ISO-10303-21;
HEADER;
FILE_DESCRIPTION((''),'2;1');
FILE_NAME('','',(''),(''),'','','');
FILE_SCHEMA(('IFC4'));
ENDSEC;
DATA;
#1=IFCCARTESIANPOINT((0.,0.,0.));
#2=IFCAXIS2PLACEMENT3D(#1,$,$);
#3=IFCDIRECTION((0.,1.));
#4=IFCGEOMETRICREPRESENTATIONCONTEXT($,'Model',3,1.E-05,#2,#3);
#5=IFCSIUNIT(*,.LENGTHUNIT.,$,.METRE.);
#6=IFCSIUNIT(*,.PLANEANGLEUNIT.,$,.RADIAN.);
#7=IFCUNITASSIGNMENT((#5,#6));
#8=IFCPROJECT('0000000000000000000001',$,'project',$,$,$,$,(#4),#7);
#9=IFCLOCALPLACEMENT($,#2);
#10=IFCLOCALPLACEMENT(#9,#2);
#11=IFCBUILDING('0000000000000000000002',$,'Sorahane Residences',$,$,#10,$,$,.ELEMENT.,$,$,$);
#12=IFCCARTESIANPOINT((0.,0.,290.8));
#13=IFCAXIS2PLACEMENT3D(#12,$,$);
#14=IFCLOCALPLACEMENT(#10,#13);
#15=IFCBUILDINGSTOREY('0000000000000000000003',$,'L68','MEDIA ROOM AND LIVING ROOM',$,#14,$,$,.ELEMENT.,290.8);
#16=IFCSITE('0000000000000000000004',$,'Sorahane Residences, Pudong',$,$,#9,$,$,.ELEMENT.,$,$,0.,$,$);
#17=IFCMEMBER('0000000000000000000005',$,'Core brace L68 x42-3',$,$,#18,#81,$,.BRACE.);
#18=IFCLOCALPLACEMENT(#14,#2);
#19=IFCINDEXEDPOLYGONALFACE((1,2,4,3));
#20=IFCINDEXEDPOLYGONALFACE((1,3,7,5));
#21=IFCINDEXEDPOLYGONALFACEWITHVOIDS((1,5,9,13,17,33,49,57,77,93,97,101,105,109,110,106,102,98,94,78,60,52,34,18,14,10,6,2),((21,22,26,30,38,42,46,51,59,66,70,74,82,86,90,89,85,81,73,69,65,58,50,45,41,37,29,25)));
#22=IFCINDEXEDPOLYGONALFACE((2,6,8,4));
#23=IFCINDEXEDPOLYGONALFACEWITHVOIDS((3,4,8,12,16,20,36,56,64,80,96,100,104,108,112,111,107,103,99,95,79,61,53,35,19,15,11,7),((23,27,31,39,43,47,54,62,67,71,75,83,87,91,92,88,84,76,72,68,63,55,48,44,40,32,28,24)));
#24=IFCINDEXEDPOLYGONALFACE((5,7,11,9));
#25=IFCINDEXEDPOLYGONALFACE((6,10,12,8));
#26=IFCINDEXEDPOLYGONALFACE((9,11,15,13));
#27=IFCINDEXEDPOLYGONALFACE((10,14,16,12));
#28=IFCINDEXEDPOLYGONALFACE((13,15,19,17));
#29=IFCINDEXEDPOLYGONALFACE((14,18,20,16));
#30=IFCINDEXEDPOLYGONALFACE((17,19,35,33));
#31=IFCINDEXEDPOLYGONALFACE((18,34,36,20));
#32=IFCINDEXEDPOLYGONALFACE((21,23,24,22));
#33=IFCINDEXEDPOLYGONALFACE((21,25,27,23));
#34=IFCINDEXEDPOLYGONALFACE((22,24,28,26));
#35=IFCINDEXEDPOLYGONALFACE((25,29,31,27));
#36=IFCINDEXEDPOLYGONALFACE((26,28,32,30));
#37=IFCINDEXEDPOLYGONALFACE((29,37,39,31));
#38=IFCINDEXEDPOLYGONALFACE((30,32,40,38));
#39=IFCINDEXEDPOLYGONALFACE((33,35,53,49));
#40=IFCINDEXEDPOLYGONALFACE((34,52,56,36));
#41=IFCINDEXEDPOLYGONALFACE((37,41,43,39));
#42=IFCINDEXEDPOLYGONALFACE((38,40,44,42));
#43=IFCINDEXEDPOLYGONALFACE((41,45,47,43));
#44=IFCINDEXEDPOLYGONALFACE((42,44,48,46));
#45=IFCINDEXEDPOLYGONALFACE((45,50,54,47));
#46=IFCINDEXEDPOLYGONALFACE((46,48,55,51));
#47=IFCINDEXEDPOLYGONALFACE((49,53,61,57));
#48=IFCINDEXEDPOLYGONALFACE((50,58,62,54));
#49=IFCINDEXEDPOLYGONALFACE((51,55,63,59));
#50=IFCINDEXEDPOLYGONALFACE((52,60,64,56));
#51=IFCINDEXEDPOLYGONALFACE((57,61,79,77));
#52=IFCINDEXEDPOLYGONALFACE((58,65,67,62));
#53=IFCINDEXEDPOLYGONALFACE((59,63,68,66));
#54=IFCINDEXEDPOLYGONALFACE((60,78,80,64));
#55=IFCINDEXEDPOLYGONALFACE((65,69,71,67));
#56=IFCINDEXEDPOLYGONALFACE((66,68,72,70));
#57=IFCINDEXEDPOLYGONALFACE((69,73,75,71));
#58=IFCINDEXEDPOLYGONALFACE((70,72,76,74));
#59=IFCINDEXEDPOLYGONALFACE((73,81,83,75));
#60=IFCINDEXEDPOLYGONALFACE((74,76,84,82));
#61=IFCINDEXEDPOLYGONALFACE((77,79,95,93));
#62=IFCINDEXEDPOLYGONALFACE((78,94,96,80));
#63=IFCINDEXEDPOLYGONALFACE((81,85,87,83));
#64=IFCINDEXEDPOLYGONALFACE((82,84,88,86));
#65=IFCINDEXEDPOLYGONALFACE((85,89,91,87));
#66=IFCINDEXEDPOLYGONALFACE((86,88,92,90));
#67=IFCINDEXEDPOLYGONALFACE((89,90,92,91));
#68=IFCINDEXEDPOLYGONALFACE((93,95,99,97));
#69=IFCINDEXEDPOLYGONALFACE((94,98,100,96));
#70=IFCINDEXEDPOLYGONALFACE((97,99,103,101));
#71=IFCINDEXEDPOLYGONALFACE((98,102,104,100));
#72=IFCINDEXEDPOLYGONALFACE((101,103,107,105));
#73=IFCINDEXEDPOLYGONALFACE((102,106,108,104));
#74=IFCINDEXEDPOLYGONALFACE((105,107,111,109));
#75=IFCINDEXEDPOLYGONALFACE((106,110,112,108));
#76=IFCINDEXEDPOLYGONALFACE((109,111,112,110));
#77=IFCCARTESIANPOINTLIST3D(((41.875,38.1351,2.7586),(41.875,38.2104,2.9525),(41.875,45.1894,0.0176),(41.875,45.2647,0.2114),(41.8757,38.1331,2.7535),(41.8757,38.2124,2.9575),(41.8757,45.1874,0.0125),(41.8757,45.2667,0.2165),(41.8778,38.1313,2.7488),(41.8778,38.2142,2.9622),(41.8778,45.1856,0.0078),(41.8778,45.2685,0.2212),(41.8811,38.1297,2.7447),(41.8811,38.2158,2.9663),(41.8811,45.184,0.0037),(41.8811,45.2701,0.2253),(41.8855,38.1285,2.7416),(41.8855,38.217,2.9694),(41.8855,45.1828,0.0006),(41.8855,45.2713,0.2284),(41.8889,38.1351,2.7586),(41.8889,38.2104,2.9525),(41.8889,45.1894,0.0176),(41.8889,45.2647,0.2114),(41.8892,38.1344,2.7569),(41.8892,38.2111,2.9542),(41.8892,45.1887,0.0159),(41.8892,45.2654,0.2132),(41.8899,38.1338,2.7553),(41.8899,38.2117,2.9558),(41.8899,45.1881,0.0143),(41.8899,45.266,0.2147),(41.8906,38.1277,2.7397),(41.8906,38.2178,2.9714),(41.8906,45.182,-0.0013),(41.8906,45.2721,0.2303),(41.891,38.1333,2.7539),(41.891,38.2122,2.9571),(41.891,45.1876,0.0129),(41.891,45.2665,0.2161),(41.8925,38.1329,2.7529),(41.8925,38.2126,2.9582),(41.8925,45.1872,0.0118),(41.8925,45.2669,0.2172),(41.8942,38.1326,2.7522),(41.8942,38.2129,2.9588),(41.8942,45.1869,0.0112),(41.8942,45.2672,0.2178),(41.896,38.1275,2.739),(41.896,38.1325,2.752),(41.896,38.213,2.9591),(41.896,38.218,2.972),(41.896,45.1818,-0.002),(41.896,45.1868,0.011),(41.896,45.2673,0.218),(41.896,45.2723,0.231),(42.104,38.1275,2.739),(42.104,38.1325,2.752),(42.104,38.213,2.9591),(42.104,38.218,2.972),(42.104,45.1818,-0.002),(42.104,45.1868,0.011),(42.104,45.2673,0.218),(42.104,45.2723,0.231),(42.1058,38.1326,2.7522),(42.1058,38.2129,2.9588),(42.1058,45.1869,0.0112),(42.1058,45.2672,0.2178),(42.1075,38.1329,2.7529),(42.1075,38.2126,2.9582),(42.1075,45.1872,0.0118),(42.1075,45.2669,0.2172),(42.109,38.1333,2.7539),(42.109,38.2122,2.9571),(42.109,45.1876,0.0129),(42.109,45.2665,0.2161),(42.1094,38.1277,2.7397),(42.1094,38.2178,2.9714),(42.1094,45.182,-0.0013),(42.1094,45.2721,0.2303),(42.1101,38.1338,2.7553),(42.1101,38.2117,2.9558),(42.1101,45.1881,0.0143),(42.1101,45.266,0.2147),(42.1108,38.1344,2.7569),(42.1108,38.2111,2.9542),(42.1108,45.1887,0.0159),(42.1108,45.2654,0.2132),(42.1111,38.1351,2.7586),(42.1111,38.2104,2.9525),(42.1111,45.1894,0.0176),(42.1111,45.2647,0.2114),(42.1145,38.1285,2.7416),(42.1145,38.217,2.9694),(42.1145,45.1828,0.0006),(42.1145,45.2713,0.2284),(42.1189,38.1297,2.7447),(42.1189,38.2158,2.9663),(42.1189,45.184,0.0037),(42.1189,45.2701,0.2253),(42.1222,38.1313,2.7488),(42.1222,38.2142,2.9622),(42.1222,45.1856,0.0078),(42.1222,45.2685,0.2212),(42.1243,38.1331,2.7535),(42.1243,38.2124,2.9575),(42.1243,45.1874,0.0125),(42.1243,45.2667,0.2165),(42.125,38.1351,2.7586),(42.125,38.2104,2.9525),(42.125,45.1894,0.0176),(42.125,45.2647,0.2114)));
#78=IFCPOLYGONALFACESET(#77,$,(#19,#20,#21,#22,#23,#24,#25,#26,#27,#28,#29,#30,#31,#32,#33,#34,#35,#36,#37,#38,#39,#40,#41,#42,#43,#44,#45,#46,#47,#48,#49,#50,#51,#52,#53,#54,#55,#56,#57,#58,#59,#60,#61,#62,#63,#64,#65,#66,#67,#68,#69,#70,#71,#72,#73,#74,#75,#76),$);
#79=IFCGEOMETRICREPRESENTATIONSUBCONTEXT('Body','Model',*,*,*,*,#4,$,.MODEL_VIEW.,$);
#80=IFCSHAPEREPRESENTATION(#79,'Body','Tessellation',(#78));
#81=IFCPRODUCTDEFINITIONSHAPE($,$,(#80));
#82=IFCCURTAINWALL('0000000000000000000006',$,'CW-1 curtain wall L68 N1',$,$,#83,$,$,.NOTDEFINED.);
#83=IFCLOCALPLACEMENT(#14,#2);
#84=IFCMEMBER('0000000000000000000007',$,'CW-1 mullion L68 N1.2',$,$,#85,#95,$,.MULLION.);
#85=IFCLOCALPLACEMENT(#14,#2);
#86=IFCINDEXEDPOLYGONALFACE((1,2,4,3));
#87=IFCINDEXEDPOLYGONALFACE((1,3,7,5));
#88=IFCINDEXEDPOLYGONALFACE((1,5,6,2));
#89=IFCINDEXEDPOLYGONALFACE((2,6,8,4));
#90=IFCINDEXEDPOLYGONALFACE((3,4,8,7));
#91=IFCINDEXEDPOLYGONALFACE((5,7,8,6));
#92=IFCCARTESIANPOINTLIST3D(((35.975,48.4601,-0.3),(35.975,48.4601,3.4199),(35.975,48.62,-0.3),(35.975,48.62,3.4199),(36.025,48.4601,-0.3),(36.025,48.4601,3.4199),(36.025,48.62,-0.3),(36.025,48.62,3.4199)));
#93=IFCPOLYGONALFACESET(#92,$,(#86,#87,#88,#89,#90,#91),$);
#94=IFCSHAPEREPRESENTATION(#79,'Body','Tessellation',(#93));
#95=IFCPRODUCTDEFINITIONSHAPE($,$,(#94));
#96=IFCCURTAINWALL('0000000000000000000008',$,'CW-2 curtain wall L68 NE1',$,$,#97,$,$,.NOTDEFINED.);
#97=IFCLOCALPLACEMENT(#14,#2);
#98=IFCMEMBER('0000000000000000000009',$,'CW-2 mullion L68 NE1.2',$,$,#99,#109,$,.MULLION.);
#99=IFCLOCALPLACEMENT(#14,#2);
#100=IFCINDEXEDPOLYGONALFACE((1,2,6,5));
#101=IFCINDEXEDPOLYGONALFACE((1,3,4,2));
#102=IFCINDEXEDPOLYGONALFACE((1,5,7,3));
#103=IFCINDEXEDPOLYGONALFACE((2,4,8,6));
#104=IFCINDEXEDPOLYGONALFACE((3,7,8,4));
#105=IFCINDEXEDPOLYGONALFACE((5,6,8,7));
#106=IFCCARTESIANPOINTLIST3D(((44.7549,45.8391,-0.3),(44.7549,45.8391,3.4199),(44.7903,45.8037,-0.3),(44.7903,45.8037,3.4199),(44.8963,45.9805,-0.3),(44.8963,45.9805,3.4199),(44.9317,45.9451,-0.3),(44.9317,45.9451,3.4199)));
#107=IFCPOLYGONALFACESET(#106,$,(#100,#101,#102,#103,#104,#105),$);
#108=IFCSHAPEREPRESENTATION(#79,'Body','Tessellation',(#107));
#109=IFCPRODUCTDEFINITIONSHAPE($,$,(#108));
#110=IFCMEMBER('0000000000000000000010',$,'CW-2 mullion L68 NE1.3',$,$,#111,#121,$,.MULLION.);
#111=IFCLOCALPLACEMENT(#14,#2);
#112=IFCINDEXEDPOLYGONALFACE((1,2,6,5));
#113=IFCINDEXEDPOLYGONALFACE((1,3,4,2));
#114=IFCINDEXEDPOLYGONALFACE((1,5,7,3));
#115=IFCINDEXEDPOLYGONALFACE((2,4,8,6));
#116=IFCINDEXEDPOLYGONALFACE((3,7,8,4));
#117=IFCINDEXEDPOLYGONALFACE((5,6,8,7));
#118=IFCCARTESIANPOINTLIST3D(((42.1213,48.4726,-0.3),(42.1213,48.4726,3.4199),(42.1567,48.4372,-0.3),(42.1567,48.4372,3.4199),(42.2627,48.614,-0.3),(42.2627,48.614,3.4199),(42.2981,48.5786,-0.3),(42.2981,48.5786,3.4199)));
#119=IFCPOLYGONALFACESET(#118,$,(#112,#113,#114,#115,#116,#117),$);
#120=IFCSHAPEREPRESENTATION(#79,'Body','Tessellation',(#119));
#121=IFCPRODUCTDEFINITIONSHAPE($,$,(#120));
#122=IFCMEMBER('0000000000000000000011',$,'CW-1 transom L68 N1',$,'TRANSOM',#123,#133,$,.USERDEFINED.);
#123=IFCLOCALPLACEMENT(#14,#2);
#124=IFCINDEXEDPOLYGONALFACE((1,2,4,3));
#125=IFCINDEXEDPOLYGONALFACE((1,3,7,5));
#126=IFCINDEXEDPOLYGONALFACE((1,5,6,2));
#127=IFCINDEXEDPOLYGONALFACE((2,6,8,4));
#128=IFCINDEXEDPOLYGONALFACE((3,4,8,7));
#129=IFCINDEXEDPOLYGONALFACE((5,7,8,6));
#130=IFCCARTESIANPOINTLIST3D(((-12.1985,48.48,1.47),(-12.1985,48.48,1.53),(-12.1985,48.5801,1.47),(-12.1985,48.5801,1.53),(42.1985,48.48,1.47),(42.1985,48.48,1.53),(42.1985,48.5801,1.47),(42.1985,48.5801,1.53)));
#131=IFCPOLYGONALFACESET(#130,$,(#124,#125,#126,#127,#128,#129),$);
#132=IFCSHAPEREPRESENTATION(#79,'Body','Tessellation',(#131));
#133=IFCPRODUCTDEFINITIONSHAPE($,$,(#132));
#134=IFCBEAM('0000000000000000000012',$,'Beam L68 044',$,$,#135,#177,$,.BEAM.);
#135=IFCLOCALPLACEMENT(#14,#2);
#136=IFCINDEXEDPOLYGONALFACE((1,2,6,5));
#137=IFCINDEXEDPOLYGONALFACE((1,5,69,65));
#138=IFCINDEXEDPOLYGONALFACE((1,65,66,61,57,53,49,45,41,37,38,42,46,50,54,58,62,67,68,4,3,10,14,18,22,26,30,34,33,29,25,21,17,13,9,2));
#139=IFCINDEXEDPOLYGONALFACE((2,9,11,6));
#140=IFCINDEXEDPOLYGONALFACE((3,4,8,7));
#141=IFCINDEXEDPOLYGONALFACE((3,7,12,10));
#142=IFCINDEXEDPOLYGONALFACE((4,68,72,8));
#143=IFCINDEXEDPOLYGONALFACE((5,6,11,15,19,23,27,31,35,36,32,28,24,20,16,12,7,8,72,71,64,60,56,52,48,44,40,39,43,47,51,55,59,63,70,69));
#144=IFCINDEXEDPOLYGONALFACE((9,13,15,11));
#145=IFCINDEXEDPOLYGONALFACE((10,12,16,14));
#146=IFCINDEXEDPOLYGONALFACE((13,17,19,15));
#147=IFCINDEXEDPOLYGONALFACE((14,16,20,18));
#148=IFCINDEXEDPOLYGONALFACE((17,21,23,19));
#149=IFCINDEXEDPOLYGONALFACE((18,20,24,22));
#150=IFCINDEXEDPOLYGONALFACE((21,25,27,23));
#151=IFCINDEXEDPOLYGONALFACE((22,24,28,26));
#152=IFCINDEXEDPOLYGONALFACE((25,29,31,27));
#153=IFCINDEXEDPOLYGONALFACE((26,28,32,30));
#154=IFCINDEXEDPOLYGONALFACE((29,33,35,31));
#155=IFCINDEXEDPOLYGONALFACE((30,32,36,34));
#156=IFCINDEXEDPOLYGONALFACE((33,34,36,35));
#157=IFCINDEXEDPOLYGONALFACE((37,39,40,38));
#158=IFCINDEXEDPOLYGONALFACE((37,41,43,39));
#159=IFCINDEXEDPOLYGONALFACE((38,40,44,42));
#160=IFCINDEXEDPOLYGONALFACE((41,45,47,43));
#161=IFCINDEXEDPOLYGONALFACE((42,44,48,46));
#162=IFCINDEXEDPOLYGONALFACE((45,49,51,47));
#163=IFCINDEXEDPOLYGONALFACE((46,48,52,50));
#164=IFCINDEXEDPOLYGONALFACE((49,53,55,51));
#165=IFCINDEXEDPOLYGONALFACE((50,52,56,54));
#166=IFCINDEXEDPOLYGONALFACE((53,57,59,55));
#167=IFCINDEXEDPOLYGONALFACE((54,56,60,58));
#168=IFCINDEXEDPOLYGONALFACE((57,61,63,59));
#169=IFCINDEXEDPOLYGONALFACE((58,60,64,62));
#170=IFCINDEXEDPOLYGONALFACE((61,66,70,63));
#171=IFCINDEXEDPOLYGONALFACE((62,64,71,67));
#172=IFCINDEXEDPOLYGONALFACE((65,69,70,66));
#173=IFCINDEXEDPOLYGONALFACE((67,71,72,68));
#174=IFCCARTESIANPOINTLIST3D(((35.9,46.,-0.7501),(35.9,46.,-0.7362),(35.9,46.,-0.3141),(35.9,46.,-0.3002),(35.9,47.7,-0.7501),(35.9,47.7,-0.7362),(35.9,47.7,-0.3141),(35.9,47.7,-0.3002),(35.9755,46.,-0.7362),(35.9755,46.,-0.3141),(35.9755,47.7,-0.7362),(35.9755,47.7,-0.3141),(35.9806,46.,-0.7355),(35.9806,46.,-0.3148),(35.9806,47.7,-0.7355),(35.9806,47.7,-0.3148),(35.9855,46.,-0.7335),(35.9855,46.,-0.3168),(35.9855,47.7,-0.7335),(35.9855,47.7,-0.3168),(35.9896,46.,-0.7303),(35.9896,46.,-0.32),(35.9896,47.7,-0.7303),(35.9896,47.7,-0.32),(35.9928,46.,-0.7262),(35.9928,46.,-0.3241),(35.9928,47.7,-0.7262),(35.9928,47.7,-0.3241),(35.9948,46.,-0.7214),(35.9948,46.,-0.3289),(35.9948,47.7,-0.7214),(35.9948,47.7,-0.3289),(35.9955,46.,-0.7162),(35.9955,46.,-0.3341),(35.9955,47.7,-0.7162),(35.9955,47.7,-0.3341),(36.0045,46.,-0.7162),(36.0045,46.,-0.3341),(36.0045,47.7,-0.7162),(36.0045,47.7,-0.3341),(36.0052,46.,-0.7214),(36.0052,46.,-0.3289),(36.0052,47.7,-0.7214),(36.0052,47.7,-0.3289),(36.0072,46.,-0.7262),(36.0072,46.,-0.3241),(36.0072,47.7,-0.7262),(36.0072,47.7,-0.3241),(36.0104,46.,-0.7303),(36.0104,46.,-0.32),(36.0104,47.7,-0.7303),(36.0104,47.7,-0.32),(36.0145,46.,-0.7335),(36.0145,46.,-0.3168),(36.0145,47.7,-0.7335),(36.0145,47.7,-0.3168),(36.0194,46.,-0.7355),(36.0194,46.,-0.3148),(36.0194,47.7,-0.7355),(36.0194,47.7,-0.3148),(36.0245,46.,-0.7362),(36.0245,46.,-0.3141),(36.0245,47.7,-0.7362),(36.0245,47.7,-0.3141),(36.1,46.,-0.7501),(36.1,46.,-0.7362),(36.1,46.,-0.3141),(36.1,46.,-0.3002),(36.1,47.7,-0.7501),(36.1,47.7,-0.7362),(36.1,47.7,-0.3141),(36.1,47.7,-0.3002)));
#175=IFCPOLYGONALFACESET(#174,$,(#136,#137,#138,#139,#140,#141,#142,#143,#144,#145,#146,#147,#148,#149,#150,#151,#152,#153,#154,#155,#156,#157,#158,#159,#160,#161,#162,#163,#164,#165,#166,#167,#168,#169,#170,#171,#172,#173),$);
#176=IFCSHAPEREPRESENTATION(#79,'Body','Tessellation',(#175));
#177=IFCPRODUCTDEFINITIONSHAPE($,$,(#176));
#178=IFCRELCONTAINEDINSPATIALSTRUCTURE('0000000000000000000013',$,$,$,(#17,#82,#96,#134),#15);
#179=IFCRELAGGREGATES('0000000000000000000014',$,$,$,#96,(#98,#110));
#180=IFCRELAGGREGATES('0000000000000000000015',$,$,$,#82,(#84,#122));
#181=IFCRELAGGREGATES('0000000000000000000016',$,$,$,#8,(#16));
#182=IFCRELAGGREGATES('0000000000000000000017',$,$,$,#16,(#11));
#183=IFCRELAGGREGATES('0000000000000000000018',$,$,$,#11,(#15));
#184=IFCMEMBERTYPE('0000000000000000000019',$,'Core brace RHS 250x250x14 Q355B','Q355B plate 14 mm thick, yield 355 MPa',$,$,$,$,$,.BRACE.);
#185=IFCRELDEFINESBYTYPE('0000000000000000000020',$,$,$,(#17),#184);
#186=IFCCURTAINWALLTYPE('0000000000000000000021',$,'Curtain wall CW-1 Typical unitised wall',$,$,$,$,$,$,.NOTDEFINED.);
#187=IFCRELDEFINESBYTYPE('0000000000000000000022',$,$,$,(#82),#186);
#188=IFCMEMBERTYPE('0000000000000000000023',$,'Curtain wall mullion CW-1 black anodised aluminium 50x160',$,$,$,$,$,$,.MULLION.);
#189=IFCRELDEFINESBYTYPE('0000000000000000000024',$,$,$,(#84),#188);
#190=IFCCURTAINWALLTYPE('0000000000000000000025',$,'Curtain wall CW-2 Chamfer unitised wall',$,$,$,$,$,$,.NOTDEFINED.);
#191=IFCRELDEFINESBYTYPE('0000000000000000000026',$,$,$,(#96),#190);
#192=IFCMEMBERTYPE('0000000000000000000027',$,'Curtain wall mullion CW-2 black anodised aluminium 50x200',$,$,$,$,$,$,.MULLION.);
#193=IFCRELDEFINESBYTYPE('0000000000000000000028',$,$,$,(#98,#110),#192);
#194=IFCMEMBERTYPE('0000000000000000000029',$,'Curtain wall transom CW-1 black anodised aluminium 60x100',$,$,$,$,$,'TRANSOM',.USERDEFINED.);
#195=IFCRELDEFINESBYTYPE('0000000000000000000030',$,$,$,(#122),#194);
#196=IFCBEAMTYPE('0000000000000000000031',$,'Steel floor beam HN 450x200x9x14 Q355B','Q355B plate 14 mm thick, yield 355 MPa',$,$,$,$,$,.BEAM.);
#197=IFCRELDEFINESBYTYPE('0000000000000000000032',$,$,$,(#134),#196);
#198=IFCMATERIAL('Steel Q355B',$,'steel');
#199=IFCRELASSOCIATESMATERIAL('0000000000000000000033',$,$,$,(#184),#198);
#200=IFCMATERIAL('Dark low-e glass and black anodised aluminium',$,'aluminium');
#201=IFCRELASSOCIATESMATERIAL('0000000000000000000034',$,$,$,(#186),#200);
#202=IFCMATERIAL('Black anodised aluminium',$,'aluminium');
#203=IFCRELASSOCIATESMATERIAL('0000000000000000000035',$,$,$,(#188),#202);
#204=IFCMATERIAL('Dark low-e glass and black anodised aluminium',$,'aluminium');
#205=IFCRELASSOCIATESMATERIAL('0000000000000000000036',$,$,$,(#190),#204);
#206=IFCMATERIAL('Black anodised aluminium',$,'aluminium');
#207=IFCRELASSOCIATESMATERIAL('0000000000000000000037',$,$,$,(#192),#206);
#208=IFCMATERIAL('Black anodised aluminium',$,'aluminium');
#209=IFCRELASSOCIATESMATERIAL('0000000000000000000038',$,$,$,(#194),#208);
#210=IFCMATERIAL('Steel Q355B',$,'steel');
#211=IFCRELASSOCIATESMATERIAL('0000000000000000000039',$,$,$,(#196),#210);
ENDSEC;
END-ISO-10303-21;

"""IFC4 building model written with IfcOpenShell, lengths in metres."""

from ifc_helpers import new_model, si_unit, direction, frame, origin, origin_2d, place, context, subcontext, project, spatial, rectangle, hollow_rectangle, i_section, extrude, material, material_profile, profile_set, type_object, element, aggregate, save


model = new_model("IFC4")

# Units and contexts
model_context = context("Model", 3, precision=1e-05, world=origin(), true_north=direction((0.0, 1.0)))
body_context = subcontext(model_context, "Body", "Model", "MODEL_VIEW")
ifc_project = project(units=[si_unit("LENGTHUNIT", "METRE"), si_unit("PLANEANGLEUNIT", "RADIAN")], contexts=[model_context])

# Site, building, storey
site_placement = place(None, origin())
site = spatial("IfcSite", under=ifc_project, at=site_placement, Name="Sorahane Residences, Pudong", CompositionType="ELEMENT", RefElevation=0.0)
building_placement = place(site_placement, origin())
building = spatial("IfcBuilding", under=site, at=building_placement, Name="Sorahane Residences", CompositionType="ELEMENT")
storey_placement = place(building_placement, frame((0.0, 0.0, 290.8)))
storey = spatial("IfcBuildingStorey", under=building, at=storey_placement, Name="L68", Description="MEDIA ROOM AND LIVING ROOM", CompositionType="ELEMENT", Elevation=290.8)

# Member
ifc_material_1 = material(Name="Steel Q355B", Category="steel")
ifc_material_profile_1 = material_profile(ifc_material_1, hollow_rectangle(XDim=0.25, YDim=0.25, WallThickness=0.0139, InnerFilletRadius=0.0071, OuterFilletRadius=0.021, at=origin_2d()), Name="RHS 250x250x14")
ifc_profile_set_1 = profile_set([ifc_material_profile_1], Name="Steel Q355B")
member_type_1 = type_object("IfcMemberType", Name="Core brace RHS 250x250x14 Q355B", Description="Q355B plate 14 mm thick, yield 355 MPa", PredefinedType="BRACE", material=ifc_profile_set_1)
member_1_placement = place(storey_placement, frame((42.0, 45.2271, 0.1145), z_axis=(0.0, -0.932109, 0.362178), x_axis=(1.0, 0.0, 0.0)))
element("IfcMember", 1, at=member_1_placement, inside=storey, type_object=member_type_1, Name="Core brace L68 x42-3", PredefinedType="BRACE", context=body_context, shape_type="SweptSolid", body=[
    extrude(hollow_rectangle(XDim=0.25, YDim=0.25, WallThickness=0.0139, InnerFilletRadius=0.0071, OuterFilletRadius=0.021, at=origin_2d()), origin(), (0.0, 0.0, 1.0), 7.5681),
])

# Curtain wall, member
ifc_material_2 = material(Name="Dark low-e glass and black anodised aluminium", Category="aluminium")
curtain_wall_type_1 = type_object("IfcCurtainWallType", Name="Curtain wall CW-1 Typical unitised wall", PredefinedType="NOTDEFINED", material=ifc_material_2)
curtain_wall_1_placement = place(storey_placement, origin())
curtain_wall_1 = element("IfcCurtainWall", 2, at=curtain_wall_1_placement, inside=storey, type_object=curtain_wall_type_1, Name="CW-1 curtain wall L68 N1", PredefinedType="NOTDEFINED")
ifc_material_3 = material(Name="Black anodised aluminium", Category="aluminium")
ifc_material_profile_2 = material_profile(ifc_material_3, rectangle(XDim=0.1599, YDim=0.05, at=origin_2d()), Name="Curtain wall mullion CW-1 black anodised aluminium 50x160")
ifc_profile_set_2 = profile_set([ifc_material_profile_2], Name="Black anodised aluminium")
member_type_2 = type_object("IfcMemberType", Name="Curtain wall mullion CW-1 black anodised aluminium 50x160", PredefinedType="MULLION", material=ifc_profile_set_2)
member_2_placement = place(storey_placement, frame((36.0, 48.54, -0.3), z_axis=(0.0, 0.0, 1.0), x_axis=(0.0, 1.0, 0.0)))
member_2 = element("IfcMember", 3, at=member_2_placement, type_object=member_type_2, Name="CW-1 mullion L68 N1.2", PredefinedType="MULLION", context=body_context, shape_type="SweptSolid", body=[
    extrude(rectangle(XDim=0.1599, YDim=0.05, at=origin_2d()), origin(), (0.0, 0.0, 1.0), 3.72),
])

# Curtain wall, members
ifc_material_4 = material(Name="Dark low-e glass and black anodised aluminium", Category="aluminium")
curtain_wall_type_2 = type_object("IfcCurtainWallType", Name="Curtain wall CW-2 Chamfer unitised wall", PredefinedType="NOTDEFINED", material=ifc_material_4)
curtain_wall_2_placement = place(storey_placement, origin())
curtain_wall_2 = element("IfcCurtainWall", 4, at=curtain_wall_2_placement, inside=storey, type_object=curtain_wall_type_2, Name="CW-2 curtain wall L68 NE1", PredefinedType="NOTDEFINED")
ifc_material_5 = material(Name="Black anodised aluminium", Category="aluminium")
ifc_material_profile_3 = material_profile(ifc_material_5, rectangle(XDim=0.2, YDim=0.05, at=origin_2d()), Name="Curtain wall mullion CW-2 black anodised aluminium 50x200")
ifc_profile_set_3 = profile_set([ifc_material_profile_3], Name="Black anodised aluminium")
member_type_3 = type_object("IfcMemberType", Name="Curtain wall mullion CW-2 black anodised aluminium 50x200", PredefinedType="MULLION", material=ifc_profile_set_3)
member_3_placement = place(storey_placement, frame((44.8433, 45.8921, -0.3), z_axis=(0.0, 0.0, 1.0), x_axis=(0.707107, 0.707107, 0.0)))
member_3 = element("IfcMember", 5, at=member_3_placement, type_object=member_type_3, Name="CW-2 mullion L68 NE1.2", PredefinedType="MULLION", context=body_context, shape_type="SweptSolid", body=[
    extrude(rectangle(XDim=0.2, YDim=0.05, at=origin_2d()), origin(), (0.0, 0.0, 1.0), 3.72),
])
member_4_placement = place(storey_placement, frame((42.2097, 48.5256, -0.3), z_axis=(0.0, 0.0, 1.0), x_axis=(0.707107, 0.707107, 0.0)))
member_4 = element("IfcMember", 6, at=member_4_placement, type_object=member_type_3, Name="CW-2 mullion L68 NE1.3", PredefinedType="MULLION", context=body_context, shape_type="SweptSolid", body=[
    extrude(rectangle(XDim=0.2, YDim=0.05, at=origin_2d()), origin(), (0.0, 0.0, 1.0), 3.72),
])

# Member
ifc_material_6 = material(Name="Black anodised aluminium", Category="aluminium")
ifc_material_profile_4 = material_profile(ifc_material_6, rectangle(XDim=0.1001, YDim=0.0601, at=origin_2d()), Name="Curtain wall transom CW-1 black anodised aluminium 60x100")
ifc_profile_set_4 = profile_set([ifc_material_profile_4], Name="Black anodised aluminium")
member_type_4 = type_object("IfcMemberType", Name="Curtain wall transom CW-1 black anodised aluminium 60x100", ElementType="TRANSOM", PredefinedType="USERDEFINED", material=ifc_profile_set_4)
member_5_placement = place(storey_placement, frame((42.1985, 48.53, 1.5), z_axis=(-1.0, 0.0, 0.0), x_axis=(0.0, -1.0, 0.0)))
member_5 = element("IfcMember", 7, at=member_5_placement, type_object=member_type_4, Name="CW-1 transom L68 N1", ObjectType="TRANSOM", PredefinedType="USERDEFINED", context=body_context, shape_type="SweptSolid", body=[
    extrude(rectangle(XDim=0.1001, YDim=0.0601, at=origin_2d()), origin(), (0.0, 0.0, 1.0), 54.397),
])

# Beam
ifc_material_7 = material(Name="Steel Q355B", Category="steel")
ifc_material_profile_5 = material_profile(ifc_material_7, i_section(OverallWidth=0.2, OverallDepth=0.45, WebThickness=0.009, FlangeThickness=0.0139, FilletRadius=0.02, at=origin_2d()), Name="HN 450x200x9x14")
ifc_profile_set_5 = profile_set([ifc_material_profile_5], Name="Steel Q355B")
beam_type = type_object("IfcBeamType", Name="Steel floor beam HN 450x200x9x14 Q355B", Description="Q355B plate 14 mm thick, yield 355 MPa", PredefinedType="BEAM", material=ifc_profile_set_5)
for number, where, z_axis, x_axis, name in (
    (8, (36.0, 46.0, -0.5251), (0.0, 1.0, 0.0), (-1.0, 0.0, 0.0), "Beam L68 044"),
):
    element("IfcBeam", number, at=place(storey_placement, frame(where, z_axis=z_axis, x_axis=x_axis)), inside=storey, type_object=beam_type, Name=name, PredefinedType="BEAM", context=body_context, shape_type="SweptSolid", body=[
        extrude(i_section(OverallWidth=0.2, OverallDepth=0.45, WebThickness=0.009, FlangeThickness=0.0139, FilletRadius=0.02, at=origin_2d()), origin(), (0.0, 0.0, 1.0), 1.7),
    ])

aggregate(curtain_wall_2, [member_3, member_4])
aggregate(curtain_wall_1, [member_2, member_5])

save(model, "model.ifc")
